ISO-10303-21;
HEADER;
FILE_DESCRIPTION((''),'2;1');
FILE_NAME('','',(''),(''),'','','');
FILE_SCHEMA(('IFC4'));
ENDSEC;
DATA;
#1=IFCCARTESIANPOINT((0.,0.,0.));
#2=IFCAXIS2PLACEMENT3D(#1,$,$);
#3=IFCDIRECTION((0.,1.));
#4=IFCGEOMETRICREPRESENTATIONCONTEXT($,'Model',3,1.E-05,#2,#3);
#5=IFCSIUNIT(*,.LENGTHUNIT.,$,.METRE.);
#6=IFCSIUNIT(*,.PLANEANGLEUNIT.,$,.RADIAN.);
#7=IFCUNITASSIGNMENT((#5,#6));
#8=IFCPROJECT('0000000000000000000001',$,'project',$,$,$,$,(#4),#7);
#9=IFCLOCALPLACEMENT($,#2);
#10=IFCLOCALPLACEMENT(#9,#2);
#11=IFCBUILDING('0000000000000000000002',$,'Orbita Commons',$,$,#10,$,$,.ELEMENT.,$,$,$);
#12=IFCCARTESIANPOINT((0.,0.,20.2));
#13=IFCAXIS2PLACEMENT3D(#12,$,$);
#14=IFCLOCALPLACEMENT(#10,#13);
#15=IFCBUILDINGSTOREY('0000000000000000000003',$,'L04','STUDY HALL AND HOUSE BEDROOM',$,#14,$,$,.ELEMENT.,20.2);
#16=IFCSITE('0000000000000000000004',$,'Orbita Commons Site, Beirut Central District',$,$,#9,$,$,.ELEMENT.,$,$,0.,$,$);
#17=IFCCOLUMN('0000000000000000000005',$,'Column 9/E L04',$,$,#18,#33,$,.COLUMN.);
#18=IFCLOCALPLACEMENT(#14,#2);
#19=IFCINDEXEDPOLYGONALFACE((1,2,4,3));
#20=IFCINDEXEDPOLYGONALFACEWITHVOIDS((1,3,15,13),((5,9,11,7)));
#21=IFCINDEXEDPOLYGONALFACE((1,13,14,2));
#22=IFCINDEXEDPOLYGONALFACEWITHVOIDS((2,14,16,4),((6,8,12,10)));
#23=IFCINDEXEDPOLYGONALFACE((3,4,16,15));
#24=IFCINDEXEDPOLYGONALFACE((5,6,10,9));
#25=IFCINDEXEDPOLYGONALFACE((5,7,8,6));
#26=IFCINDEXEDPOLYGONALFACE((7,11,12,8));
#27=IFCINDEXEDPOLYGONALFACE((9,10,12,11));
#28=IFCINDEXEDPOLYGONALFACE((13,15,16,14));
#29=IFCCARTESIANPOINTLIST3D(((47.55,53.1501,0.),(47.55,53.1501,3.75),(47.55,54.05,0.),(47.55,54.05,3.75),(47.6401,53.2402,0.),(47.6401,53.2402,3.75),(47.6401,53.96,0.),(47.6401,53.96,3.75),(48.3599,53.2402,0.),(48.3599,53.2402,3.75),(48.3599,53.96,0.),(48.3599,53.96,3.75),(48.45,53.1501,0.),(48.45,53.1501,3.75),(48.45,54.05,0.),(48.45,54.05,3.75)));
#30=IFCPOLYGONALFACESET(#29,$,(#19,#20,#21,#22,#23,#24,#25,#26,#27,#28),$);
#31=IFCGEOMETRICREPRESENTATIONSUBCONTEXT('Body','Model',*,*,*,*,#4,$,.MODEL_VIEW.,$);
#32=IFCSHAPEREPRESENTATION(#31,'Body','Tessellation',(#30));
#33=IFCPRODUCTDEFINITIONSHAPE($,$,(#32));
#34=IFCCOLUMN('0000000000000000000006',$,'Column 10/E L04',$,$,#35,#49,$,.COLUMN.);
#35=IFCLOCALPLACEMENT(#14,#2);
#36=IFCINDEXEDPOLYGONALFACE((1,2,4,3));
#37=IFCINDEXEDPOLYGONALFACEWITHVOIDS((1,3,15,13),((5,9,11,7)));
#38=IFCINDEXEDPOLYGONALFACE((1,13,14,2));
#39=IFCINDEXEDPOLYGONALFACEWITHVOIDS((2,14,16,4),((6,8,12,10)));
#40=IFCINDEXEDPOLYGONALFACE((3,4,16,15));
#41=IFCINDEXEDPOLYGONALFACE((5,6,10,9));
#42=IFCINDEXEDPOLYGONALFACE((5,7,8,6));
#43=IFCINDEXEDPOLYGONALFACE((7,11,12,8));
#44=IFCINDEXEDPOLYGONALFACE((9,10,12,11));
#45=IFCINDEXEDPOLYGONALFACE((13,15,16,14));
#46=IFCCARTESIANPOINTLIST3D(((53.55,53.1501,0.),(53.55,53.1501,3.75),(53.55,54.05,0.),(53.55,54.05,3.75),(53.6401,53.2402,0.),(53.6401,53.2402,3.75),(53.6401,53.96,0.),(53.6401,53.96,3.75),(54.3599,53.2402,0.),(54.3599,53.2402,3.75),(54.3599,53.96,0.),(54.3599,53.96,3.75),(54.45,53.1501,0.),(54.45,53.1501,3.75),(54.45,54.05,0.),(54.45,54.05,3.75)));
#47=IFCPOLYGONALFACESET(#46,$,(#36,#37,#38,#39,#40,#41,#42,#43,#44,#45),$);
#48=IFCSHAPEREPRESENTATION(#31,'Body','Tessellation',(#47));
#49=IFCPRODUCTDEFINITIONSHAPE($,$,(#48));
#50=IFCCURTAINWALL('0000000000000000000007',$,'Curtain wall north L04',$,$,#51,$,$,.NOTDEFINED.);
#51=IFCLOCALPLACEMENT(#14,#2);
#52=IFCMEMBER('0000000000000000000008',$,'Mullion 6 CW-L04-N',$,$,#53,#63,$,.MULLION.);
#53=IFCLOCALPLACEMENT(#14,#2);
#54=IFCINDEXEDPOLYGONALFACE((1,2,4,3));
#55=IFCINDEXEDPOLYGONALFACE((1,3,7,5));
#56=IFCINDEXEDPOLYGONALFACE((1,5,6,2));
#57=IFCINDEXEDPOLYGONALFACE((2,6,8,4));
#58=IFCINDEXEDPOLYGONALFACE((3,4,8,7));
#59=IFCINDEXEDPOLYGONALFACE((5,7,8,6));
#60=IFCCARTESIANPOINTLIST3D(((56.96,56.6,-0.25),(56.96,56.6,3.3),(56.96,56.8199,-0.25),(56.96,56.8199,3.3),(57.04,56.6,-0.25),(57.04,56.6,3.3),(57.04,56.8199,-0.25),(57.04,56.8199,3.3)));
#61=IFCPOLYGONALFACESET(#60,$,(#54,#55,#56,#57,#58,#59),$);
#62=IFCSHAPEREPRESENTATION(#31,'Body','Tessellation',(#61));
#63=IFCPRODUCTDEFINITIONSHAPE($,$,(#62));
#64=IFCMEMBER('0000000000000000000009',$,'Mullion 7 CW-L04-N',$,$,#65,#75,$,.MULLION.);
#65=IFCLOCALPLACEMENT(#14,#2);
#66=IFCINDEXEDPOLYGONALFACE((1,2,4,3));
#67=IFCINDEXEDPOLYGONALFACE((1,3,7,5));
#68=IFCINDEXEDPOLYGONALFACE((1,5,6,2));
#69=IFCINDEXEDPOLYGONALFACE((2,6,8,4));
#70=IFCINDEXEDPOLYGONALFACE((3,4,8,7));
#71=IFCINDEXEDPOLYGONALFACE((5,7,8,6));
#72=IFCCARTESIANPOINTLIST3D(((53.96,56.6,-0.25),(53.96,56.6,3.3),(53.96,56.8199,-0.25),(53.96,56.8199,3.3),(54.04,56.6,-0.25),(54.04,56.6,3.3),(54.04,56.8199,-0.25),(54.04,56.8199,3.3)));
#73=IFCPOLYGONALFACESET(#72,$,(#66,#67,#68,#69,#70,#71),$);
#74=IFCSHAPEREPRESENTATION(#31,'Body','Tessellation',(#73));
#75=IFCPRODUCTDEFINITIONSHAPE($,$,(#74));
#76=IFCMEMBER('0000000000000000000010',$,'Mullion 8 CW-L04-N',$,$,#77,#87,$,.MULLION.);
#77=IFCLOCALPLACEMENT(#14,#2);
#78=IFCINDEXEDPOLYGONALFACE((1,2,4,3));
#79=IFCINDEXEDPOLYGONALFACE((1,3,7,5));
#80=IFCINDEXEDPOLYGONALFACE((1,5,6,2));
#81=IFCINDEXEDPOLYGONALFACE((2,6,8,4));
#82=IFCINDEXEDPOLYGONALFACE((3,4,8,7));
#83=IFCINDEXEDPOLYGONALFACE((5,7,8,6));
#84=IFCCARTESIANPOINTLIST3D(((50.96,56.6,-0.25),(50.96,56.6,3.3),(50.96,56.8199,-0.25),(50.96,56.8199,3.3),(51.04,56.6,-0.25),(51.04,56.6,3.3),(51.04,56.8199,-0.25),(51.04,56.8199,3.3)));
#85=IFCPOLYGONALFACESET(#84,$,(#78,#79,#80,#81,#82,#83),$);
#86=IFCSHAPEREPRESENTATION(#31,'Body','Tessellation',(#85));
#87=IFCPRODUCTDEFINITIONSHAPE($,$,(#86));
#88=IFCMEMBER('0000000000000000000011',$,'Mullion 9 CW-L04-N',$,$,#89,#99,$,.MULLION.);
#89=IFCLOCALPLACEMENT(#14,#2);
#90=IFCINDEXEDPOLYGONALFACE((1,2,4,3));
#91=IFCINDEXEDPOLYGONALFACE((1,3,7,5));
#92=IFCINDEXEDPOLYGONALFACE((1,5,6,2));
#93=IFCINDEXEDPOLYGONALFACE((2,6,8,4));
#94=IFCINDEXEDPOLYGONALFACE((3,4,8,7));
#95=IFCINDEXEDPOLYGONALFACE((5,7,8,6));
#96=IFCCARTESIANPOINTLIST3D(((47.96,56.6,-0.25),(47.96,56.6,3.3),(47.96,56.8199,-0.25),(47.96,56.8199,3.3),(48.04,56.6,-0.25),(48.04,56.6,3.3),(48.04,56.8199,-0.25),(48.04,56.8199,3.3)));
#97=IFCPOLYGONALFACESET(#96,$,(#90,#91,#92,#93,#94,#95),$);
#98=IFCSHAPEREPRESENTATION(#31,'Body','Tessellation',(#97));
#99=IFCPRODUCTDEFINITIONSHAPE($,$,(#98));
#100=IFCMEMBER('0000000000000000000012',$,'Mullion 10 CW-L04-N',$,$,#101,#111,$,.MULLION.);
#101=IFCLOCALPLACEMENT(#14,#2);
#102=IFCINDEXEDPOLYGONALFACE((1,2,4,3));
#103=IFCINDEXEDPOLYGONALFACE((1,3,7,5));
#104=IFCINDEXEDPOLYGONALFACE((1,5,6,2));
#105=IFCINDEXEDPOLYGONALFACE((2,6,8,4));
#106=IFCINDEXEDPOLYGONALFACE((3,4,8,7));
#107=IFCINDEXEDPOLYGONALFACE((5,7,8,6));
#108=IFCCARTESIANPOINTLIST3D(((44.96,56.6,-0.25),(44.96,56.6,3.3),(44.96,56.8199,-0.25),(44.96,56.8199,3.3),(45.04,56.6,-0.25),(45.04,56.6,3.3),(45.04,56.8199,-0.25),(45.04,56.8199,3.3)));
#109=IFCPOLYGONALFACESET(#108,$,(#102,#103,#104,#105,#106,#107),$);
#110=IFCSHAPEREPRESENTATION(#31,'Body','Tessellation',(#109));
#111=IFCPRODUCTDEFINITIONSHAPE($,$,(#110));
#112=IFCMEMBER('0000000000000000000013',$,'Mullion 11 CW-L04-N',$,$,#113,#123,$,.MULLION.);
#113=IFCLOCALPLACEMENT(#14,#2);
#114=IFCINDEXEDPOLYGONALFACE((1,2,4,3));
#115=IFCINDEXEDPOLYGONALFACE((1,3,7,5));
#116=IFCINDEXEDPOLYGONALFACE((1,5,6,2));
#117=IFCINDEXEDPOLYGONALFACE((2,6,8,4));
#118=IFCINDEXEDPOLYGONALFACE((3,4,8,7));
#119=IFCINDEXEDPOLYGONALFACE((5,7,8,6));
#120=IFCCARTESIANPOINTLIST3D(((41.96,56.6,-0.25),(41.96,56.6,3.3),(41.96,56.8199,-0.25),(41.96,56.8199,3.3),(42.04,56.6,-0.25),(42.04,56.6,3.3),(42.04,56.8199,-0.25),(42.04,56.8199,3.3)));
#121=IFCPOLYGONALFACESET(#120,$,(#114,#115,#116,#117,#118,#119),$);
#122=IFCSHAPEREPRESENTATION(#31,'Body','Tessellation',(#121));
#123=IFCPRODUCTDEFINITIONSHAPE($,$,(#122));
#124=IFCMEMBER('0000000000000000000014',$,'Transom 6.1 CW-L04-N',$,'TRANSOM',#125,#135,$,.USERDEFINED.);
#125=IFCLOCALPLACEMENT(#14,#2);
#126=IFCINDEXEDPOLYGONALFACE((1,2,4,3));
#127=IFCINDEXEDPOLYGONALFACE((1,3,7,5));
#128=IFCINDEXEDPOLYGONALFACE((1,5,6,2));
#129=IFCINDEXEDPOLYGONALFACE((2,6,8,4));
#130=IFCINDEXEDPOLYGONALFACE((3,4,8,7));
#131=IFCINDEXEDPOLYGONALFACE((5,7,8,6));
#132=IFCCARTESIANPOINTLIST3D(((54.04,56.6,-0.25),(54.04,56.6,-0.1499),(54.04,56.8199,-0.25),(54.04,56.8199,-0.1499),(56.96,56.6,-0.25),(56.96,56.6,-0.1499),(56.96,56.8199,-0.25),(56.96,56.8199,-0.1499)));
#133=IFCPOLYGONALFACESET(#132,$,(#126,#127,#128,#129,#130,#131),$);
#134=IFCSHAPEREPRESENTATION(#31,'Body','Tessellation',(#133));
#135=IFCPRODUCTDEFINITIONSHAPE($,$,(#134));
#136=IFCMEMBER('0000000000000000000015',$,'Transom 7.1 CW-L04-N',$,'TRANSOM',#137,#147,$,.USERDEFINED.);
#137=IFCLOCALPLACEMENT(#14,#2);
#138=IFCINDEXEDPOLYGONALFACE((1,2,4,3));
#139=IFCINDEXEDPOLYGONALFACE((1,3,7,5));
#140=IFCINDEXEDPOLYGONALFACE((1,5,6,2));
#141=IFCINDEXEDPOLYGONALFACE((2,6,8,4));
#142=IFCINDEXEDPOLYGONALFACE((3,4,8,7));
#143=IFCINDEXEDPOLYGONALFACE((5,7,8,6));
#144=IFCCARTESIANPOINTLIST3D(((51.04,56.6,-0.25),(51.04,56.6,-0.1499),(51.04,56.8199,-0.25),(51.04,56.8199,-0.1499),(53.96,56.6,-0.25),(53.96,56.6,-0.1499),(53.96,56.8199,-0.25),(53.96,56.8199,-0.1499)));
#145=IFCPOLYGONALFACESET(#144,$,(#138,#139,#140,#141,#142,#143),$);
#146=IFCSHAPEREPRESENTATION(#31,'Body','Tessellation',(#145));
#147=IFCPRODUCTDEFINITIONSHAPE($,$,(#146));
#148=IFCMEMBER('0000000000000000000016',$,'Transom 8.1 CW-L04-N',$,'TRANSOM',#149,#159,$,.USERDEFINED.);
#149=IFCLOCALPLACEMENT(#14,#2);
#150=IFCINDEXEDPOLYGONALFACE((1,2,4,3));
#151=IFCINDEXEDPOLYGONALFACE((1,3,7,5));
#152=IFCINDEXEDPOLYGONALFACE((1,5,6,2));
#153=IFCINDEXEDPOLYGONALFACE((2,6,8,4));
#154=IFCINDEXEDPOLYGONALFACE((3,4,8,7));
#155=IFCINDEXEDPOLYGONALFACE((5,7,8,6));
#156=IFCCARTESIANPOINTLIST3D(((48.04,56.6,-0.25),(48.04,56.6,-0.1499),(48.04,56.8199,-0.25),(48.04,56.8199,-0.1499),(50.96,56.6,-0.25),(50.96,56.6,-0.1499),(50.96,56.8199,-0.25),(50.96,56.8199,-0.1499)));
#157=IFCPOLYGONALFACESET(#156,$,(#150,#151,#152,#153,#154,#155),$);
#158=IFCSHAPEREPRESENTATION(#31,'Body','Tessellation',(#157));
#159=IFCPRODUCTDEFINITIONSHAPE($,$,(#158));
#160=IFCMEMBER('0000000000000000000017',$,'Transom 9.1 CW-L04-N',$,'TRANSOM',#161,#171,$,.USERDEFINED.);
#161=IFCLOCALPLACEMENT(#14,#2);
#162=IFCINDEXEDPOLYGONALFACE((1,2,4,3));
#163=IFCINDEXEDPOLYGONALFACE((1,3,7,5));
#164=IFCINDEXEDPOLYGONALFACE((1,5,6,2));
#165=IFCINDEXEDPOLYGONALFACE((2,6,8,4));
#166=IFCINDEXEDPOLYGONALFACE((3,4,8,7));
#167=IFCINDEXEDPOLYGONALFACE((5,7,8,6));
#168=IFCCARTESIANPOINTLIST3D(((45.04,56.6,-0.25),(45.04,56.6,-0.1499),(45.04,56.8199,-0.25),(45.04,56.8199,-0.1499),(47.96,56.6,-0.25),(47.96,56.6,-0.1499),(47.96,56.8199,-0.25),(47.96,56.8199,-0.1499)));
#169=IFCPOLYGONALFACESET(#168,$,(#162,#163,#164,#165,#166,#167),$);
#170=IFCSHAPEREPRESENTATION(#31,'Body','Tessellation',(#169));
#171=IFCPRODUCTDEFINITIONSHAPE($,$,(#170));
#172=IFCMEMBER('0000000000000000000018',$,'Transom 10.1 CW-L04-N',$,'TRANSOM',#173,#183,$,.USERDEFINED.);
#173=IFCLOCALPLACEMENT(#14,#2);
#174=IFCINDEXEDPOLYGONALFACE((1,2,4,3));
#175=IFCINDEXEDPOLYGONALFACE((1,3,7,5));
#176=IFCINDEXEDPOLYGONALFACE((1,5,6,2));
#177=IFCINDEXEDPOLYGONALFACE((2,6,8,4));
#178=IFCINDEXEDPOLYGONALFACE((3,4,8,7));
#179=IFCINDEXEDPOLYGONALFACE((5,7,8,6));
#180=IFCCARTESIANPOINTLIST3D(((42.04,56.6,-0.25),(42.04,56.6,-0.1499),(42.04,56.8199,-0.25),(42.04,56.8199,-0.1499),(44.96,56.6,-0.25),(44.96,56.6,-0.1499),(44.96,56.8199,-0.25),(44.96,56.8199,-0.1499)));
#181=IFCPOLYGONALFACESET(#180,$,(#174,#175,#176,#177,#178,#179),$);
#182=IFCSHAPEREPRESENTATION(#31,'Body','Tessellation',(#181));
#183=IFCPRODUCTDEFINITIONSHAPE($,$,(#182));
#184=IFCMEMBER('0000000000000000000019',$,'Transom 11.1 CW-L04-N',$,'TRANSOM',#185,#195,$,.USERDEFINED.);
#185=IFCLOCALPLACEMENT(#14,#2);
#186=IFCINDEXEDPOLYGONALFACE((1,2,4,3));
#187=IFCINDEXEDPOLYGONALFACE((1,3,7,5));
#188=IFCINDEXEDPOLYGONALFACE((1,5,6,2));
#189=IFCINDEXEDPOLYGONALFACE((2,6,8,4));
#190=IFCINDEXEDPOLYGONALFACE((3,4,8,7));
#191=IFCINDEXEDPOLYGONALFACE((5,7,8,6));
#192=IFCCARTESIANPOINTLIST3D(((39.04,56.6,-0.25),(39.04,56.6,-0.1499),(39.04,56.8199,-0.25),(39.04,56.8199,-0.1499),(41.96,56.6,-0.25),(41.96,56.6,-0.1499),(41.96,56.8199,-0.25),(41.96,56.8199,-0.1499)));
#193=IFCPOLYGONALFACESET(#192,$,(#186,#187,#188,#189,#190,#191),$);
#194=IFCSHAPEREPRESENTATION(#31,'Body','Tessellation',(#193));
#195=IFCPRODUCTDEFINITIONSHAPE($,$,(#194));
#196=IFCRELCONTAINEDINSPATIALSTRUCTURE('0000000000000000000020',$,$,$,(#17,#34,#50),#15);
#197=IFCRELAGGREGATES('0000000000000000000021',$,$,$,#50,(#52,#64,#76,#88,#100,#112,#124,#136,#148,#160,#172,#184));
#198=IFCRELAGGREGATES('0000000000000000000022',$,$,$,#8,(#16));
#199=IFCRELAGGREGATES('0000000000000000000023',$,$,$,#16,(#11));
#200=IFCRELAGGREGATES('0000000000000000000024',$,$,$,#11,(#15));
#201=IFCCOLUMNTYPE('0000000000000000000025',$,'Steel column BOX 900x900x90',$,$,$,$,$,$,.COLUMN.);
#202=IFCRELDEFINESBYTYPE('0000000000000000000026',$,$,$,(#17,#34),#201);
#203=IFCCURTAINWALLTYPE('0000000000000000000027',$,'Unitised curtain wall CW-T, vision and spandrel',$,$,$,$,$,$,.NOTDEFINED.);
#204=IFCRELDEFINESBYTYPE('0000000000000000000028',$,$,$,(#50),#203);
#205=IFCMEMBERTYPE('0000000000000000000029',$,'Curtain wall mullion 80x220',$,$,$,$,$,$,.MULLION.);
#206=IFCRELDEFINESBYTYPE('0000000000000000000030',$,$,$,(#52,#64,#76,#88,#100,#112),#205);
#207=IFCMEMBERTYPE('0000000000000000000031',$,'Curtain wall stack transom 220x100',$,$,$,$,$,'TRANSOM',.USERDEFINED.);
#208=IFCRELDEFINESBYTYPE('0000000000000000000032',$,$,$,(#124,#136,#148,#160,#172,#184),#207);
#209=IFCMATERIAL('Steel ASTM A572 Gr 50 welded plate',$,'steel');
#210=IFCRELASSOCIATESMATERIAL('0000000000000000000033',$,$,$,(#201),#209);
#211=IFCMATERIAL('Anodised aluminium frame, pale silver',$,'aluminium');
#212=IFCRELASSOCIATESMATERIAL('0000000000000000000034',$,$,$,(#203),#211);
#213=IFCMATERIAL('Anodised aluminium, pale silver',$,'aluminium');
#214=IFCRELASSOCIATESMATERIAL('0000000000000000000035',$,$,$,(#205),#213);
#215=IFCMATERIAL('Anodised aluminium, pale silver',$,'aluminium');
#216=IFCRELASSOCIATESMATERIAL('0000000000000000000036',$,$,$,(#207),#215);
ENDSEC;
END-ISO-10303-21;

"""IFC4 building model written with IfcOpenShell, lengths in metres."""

from ifc_helpers import new_model, si_unit, direction, frame, origin, origin_2d, place, context, subcontext, project, spatial, rectangle, hollow_rectangle, extrude, material, material_profile, profile_set, type_object, element, aggregate, save


model = new_model("IFC4")

# Units and contexts
model_context = context("Model", 3, precision=1e-05, world=origin(), true_north=direction((0.0, 1.0)))
body_context = subcontext(model_context, "Body", "Model", "MODEL_VIEW")
ifc_project = project(units=[si_unit("LENGTHUNIT", "METRE"), si_unit("PLANEANGLEUNIT", "RADIAN")], contexts=[model_context])

# Site, building, storey
site_placement = place(None, origin())
site = spatial("IfcSite", under=ifc_project, at=site_placement, Name="Orbita Commons Site, Beirut Central District", CompositionType="ELEMENT", RefElevation=0.0)
building_placement = place(site_placement, origin())
building = spatial("IfcBuilding", under=site, at=building_placement, Name="Orbita Commons", CompositionType="ELEMENT")
storey_placement = place(building_placement, frame((0.0, 0.0, 20.2)))
storey = spatial("IfcBuildingStorey", under=building, at=storey_placement, Name="L04", Description="STUDY HALL AND HOUSE BEDROOM", CompositionType="ELEMENT", Elevation=20.2)

# Columns
ifc_material_1 = material(Name="Steel ASTM A572 Gr 50 welded plate", Category="steel")
ifc_material_profile_1 = material_profile(ifc_material_1, hollow_rectangle(XDim=0.8999, YDim=0.8999, WallThickness=0.0901, at=origin_2d()), Name="BOX 900x900x90")
ifc_profile_set_1 = profile_set([ifc_material_profile_1], Name="Steel ASTM A572 Gr 50 welded plate")
column_type = type_object("IfcColumnType", Name="Steel column BOX 900x900x90", PredefinedType="COLUMN", material=ifc_profile_set_1)
for number, where, z_axis, x_axis, name in (
    (1, (48.0, 53.6001, 0.0), (0.0, 0.0, 1.0), (1.0, 0.0, 0.0), "Column 9/E L04"),
    (2, (54.0, 53.6001, 0.0), (0.0, 0.0, 1.0), (1.0, 0.0, 0.0), "Column 10/E L04"),
):
    element("IfcColumn", number, at=place(storey_placement, frame(where, z_axis=z_axis, x_axis=x_axis)), inside=storey, type_object=column_type, Name=name, PredefinedType="COLUMN", context=body_context, shape_type="SweptSolid", body=[
        extrude(hollow_rectangle(XDim=0.8999, YDim=0.8999, WallThickness=0.0901, at=origin_2d()), origin(), (0.0, 0.0, 1.0), 3.75),
    ])

# Curtain wall, members
ifc_material_2 = material(Name="Anodised aluminium frame, pale silver", Category="aluminium")
curtain_wall_type = type_object("IfcCurtainWallType", Name="Unitised curtain wall CW-T, vision and spandrel", PredefinedType="NOTDEFINED", material=ifc_material_2)
curtain_wall_placement = place(storey_placement, origin())
curtain_wall = element("IfcCurtainWall", 3, at=curtain_wall_placement, inside=storey, type_object=curtain_wall_type, Name="Curtain wall north L04", PredefinedType="NOTDEFINED")
ifc_material_3 = material(Name="Anodised aluminium, pale silver", Category="aluminium")
ifc_material_profile_2 = material_profile(ifc_material_3, rectangle(XDim=0.0801, YDim=0.22, at=origin_2d()), Name="AL 80x220")
ifc_profile_set_2 = profile_set([ifc_material_profile_2], Name="Anodised aluminium, pale silver")
member_type_1 = type_object("IfcMemberType", Name="Curtain wall mullion 80x220", PredefinedType="MULLION", material=ifc_profile_set_2)
member_1_placement = place(storey_placement, frame((57.0, 56.71, -0.25), z_axis=(0.0, 0.0, 1.0), x_axis=(-1.0, 0.0, 0.0)))
member_1 = element("IfcMember", 4, at=member_1_placement, type_object=member_type_1, Name="Mullion 6 CW-L04-N", PredefinedType="MULLION", context=body_context, shape_type="SweptSolid", body=[
    extrude(rectangle(XDim=0.0801, YDim=0.22, at=origin_2d()), origin(), (0.0, 0.0, 1.0), 3.55),
])
member_2_placement = place(storey_placement, frame((54.0, 56.71, -0.25), z_axis=(0.0, 0.0, 1.0), x_axis=(-1.0, 0.0, 0.0)))
member_2 = element("IfcMember", 5, at=member_2_placement, type_object=member_type_1, Name="Mullion 7 CW-L04-N", PredefinedType="MULLION", context=body_context, shape_type="SweptSolid", body=[
    extrude(rectangle(XDim=0.0801, YDim=0.22, at=origin_2d()), origin(), (0.0, 0.0, 1.0), 3.55),
])
member_3_placement = place(storey_placement, frame((51.0, 56.71, -0.25), z_axis=(0.0, 0.0, 1.0), x_axis=(-1.0, 0.0, 0.0)))
member_3 = element("IfcMember", 6, at=member_3_placement, type_object=member_type_1, Name="Mullion 8 CW-L04-N", PredefinedType="MULLION", context=body_context, shape_type="SweptSolid", body=[
    extrude(rectangle(XDim=0.0801, YDim=0.22, at=origin_2d()), origin(), (0.0, 0.0, 1.0), 3.55),
])
member_4_placement = place(storey_placement, frame((48.0, 56.71, -0.25), z_axis=(0.0, 0.0, 1.0), x_axis=(-1.0, 0.0, 0.0)))
member_4 = element("IfcMember", 7, at=member_4_placement, type_object=member_type_1, Name="Mullion 9 CW-L04-N", PredefinedType="MULLION", context=body_context, shape_type="SweptSolid", body=[
    extrude(rectangle(XDim=0.0801, YDim=0.22, at=origin_2d()), origin(), (0.0, 0.0, 1.0), 3.55),
])
member_5_placement = place(storey_placement, frame((45.0, 56.71, -0.25), z_axis=(0.0, 0.0, 1.0), x_axis=(-1.0, 0.0, 0.0)))
member_5 = element("IfcMember", 8, at=member_5_placement, type_object=member_type_1, Name="Mullion 10 CW-L04-N", PredefinedType="MULLION", context=body_context, shape_type="SweptSolid", body=[
    extrude(rectangle(XDim=0.0801, YDim=0.22, at=origin_2d()), origin(), (0.0, 0.0, 1.0), 3.55),
])
member_6_placement = place(storey_placement, frame((42.0, 56.71, -0.25), z_axis=(0.0, 0.0, 1.0), x_axis=(-1.0, 0.0, 0.0)))
member_6 = element("IfcMember", 9, at=member_6_placement, type_object=member_type_1, Name="Mullion 11 CW-L04-N", PredefinedType="MULLION", context=body_context, shape_type="SweptSolid", body=[
    extrude(rectangle(XDim=0.0801, YDim=0.22, at=origin_2d()), origin(), (0.0, 0.0, 1.0), 3.55),
])
ifc_material_4 = material(Name="Anodised aluminium, pale silver", Category="aluminium")
ifc_material_profile_3 = material_profile(ifc_material_4, rectangle(XDim=0.22, YDim=0.1001, at=origin_2d()), Name="AL 220x100")
ifc_profile_set_3 = profile_set([ifc_material_profile_3], Name="Anodised aluminium, pale silver")
member_type_2 = type_object("IfcMemberType", Name="Curtain wall stack transom 220x100", ElementType="TRANSOM", PredefinedType="USERDEFINED", material=ifc_profile_set_3)
member_7_placement = place(storey_placement, frame((56.96, 56.71, -0.2), z_axis=(-1.0, 0.0, 0.0), x_axis=(0.0, -1.0, 0.0)))
member_7 = element("IfcMember", 10, at=member_7_placement, type_object=member_type_2, Name="Transom 6.1 CW-L04-N", ObjectType="TRANSOM", PredefinedType="USERDEFINED", context=body_context, shape_type="SweptSolid", body=[
    extrude(rectangle(XDim=0.22, YDim=0.1001, at=origin_2d()), origin(), (0.0, 0.0, 1.0), 2.9199),
])
member_8_placement = place(storey_placement, frame((53.96, 56.71, -0.2), z_axis=(-1.0, 0.0, 0.0), x_axis=(0.0, -1.0, 0.0)))
member_8 = element("IfcMember", 11, at=member_8_placement, type_object=member_type_2, Name="Transom 7.1 CW-L04-N", ObjectType="TRANSOM", PredefinedType="USERDEFINED", context=body_context, shape_type="SweptSolid", body=[
    extrude(rectangle(XDim=0.22, YDim=0.1001, at=origin_2d()), origin(), (0.0, 0.0, 1.0), 2.9199),
])
member_9_placement = place(storey_placement, frame((50.96, 56.71, -0.2), z_axis=(-1.0, 0.0, 0.0), x_axis=(0.0, -1.0, 0.0)))
member_9 = element("IfcMember", 12, at=member_9_placement, type_object=member_type_2, Name="Transom 8.1 CW-L04-N", ObjectType="TRANSOM", PredefinedType="USERDEFINED", context=body_context, shape_type="SweptSolid", body=[
    extrude(rectangle(XDim=0.22, YDim=0.1001, at=origin_2d()), origin(), (0.0, 0.0, 1.0), 2.9199),
])
member_10_placement = place(storey_placement, frame((47.96, 56.71, -0.2), z_axis=(-1.0, 0.0, 0.0), x_axis=(0.0, -1.0, 0.0)))
member_10 = element("IfcMember", 13, at=member_10_placement, type_object=member_type_2, Name="Transom 9.1 CW-L04-N", ObjectType="TRANSOM", PredefinedType="USERDEFINED", context=body_context, shape_type="SweptSolid", body=[
    extrude(rectangle(XDim=0.22, YDim=0.1001, at=origin_2d()), origin(), (0.0, 0.0, 1.0), 2.9199),
])
member_11_placement = place(storey_placement, frame((44.96, 56.71, -0.2), z_axis=(-1.0, 0.0, 0.0), x_axis=(0.0, -1.0, 0.0)))
member_11 = element("IfcMember", 14, at=member_11_placement, type_object=member_type_2, Name="Transom 10.1 CW-L04-N", ObjectType="TRANSOM", PredefinedType="USERDEFINED", context=body_context, shape_type="SweptSolid", body=[
    extrude(rectangle(XDim=0.22, YDim=0.1001, at=origin_2d()), origin(), (0.0, 0.0, 1.0), 2.9199),
])
member_12_placement = place(storey_placement, frame((41.96, 56.71, -0.2), z_axis=(-1.0, 0.0, 0.0), x_axis=(0.0, -1.0, 0.0)))
member_12 = element("IfcMember", 15, at=member_12_placement, type_object=member_type_2, Name="Transom 11.1 CW-L04-N", ObjectType="TRANSOM", PredefinedType="USERDEFINED", context=body_context, shape_type="SweptSolid", body=[
    extrude(rectangle(XDim=0.22, YDim=0.1001, at=origin_2d()), origin(), (0.0, 0.0, 1.0), 2.9199),
])

aggregate(curtain_wall, [member_1, member_2, member_3, member_4, member_5, member_6, member_7, member_8, member_9, member_10, member_11, member_12])

save(model, "model.ifc")
